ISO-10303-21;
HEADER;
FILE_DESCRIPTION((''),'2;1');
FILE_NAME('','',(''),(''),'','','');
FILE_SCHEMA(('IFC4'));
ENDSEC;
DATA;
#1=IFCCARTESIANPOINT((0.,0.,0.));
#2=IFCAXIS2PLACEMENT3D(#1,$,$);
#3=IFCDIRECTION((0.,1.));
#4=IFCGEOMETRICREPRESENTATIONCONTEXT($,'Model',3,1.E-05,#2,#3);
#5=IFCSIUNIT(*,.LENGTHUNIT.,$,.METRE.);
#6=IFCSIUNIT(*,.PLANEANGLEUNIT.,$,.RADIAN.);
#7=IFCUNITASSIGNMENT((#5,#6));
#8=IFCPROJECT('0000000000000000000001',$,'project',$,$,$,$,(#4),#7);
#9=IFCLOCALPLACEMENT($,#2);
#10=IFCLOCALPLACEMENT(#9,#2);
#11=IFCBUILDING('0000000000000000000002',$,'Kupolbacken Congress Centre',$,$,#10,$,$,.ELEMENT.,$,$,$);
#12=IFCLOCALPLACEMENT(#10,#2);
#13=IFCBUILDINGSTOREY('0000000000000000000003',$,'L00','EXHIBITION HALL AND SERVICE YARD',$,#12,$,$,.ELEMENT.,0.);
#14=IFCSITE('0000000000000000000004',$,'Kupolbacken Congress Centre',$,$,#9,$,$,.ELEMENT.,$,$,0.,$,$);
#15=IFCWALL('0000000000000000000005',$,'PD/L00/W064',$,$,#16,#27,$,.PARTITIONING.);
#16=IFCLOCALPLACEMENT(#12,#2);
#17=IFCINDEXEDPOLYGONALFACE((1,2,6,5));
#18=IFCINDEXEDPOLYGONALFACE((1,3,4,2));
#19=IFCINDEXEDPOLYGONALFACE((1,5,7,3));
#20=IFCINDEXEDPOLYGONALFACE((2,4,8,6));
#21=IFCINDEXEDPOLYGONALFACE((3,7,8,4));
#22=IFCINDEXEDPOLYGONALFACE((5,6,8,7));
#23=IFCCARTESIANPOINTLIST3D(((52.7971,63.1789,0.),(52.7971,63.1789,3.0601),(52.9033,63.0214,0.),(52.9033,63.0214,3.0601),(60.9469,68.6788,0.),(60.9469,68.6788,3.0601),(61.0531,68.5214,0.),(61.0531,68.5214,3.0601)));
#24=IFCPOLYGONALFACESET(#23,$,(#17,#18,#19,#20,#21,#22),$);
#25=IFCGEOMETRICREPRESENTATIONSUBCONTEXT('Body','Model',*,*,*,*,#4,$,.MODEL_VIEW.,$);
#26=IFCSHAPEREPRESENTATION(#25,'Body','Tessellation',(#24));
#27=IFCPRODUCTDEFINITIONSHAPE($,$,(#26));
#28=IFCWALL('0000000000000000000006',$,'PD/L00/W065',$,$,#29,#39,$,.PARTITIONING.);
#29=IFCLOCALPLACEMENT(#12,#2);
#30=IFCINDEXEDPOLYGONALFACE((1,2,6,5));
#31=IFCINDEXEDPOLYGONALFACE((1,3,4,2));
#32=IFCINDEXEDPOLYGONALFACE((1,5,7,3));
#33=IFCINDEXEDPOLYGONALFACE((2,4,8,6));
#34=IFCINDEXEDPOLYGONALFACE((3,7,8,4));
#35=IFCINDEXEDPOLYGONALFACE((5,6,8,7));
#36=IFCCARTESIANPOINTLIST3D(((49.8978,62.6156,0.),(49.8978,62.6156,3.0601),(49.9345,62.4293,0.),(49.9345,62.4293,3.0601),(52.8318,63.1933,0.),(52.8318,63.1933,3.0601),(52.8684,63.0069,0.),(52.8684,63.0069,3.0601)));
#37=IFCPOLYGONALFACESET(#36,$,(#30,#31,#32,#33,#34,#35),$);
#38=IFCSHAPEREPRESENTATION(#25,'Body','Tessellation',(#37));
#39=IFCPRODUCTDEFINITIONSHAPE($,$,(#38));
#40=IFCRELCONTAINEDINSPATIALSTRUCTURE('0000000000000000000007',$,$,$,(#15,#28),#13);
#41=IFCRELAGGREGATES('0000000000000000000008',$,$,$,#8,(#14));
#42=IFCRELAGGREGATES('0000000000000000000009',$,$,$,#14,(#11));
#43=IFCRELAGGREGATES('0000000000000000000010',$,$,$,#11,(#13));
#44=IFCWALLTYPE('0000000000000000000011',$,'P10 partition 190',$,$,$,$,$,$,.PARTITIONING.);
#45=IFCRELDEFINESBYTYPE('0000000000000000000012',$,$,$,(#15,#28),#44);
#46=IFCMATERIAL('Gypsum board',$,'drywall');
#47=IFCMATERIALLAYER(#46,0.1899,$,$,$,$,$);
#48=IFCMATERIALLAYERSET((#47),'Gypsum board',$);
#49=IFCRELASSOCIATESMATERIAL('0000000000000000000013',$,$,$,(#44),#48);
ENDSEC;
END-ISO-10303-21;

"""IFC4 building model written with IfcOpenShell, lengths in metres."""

from ifc_helpers import new_model, si_unit, direction, frame, frame_2d, origin, place, context, subcontext, project, spatial, rectangle, extrude, material, layer, layer_set, type_object, element, save


model = new_model("IFC4")

# Units and contexts
model_context = context("Model", 3, precision=1e-05, world=origin(), true_north=direction((0.0, 1.0)))
body_context = subcontext(model_context, "Body", "Model", "MODEL_VIEW")
ifc_project = project(units=[si_unit("LENGTHUNIT", "METRE"), si_unit("PLANEANGLEUNIT", "RADIAN")], contexts=[model_context])

# Site, building, storey
site_placement = place(None, origin())
site = spatial("IfcSite", under=ifc_project, at=site_placement, Name="Kupolbacken Congress Centre", CompositionType="ELEMENT", RefElevation=0.0)
building_placement = place(site_placement, origin())
building = spatial("IfcBuilding", under=site, at=building_placement, Name="Kupolbacken Congress Centre", CompositionType="ELEMENT")
storey_placement = place(building_placement, origin())
storey = spatial("IfcBuildingStorey", under=building, at=storey_placement, Name="L00", Description="EXHIBITION HALL AND SERVICE YARD", CompositionType="ELEMENT", Elevation=0.0)

# Walls
ifc_material_1 = material(Name="Gypsum board", Category="drywall")
ifc_layer_1 = layer(ifc_material_1, 0.1899)
ifc_layer_set_1 = layer_set([ifc_layer_1], Name="Gypsum board")
wall_type = type_object("IfcWallType", Name="P10 partition 190", PredefinedType="PARTITIONING", material=ifc_layer_set_1)
wall_1_placement = place(storey_placement, frame((61.0, 68.6001, 0.0), z_axis=(0.0, 0.0, 1.0), x_axis=(-0.828905, -0.55939, 0.0)))
element("IfcWall", 1, at=wall_1_placement, inside=storey, type_object=wall_type, Name="PD/L00/W064", PredefinedType="PARTITIONING", context=body_context, shape_type="SweptSolid", body=[
    extrude(rectangle(XDim=9.832, YDim=0.1899, at=frame_2d((4.916, 0.0))), origin(), (0.0, 0.0, 1.0), 3.0601),
])
wall_2_placement = place(storey_placement, frame((52.8501, 63.1001, 0.0), z_axis=(0.0, 0.0, 1.0), x_axis=(-0.981164, -0.193179, 0.0)))
element("IfcWall", 2, at=wall_2_placement, inside=storey, type_object=wall_type, Name="PD/L00/W065", PredefinedType="PARTITIONING", context=body_context, shape_type="SweptSolid", body=[
    extrude(rectangle(XDim=2.9902, YDim=0.1899, at=frame_2d((1.4951, 0.0))), origin(), (0.0, 0.0, 1.0), 3.0601),
])

save(model, "model.ifc")
